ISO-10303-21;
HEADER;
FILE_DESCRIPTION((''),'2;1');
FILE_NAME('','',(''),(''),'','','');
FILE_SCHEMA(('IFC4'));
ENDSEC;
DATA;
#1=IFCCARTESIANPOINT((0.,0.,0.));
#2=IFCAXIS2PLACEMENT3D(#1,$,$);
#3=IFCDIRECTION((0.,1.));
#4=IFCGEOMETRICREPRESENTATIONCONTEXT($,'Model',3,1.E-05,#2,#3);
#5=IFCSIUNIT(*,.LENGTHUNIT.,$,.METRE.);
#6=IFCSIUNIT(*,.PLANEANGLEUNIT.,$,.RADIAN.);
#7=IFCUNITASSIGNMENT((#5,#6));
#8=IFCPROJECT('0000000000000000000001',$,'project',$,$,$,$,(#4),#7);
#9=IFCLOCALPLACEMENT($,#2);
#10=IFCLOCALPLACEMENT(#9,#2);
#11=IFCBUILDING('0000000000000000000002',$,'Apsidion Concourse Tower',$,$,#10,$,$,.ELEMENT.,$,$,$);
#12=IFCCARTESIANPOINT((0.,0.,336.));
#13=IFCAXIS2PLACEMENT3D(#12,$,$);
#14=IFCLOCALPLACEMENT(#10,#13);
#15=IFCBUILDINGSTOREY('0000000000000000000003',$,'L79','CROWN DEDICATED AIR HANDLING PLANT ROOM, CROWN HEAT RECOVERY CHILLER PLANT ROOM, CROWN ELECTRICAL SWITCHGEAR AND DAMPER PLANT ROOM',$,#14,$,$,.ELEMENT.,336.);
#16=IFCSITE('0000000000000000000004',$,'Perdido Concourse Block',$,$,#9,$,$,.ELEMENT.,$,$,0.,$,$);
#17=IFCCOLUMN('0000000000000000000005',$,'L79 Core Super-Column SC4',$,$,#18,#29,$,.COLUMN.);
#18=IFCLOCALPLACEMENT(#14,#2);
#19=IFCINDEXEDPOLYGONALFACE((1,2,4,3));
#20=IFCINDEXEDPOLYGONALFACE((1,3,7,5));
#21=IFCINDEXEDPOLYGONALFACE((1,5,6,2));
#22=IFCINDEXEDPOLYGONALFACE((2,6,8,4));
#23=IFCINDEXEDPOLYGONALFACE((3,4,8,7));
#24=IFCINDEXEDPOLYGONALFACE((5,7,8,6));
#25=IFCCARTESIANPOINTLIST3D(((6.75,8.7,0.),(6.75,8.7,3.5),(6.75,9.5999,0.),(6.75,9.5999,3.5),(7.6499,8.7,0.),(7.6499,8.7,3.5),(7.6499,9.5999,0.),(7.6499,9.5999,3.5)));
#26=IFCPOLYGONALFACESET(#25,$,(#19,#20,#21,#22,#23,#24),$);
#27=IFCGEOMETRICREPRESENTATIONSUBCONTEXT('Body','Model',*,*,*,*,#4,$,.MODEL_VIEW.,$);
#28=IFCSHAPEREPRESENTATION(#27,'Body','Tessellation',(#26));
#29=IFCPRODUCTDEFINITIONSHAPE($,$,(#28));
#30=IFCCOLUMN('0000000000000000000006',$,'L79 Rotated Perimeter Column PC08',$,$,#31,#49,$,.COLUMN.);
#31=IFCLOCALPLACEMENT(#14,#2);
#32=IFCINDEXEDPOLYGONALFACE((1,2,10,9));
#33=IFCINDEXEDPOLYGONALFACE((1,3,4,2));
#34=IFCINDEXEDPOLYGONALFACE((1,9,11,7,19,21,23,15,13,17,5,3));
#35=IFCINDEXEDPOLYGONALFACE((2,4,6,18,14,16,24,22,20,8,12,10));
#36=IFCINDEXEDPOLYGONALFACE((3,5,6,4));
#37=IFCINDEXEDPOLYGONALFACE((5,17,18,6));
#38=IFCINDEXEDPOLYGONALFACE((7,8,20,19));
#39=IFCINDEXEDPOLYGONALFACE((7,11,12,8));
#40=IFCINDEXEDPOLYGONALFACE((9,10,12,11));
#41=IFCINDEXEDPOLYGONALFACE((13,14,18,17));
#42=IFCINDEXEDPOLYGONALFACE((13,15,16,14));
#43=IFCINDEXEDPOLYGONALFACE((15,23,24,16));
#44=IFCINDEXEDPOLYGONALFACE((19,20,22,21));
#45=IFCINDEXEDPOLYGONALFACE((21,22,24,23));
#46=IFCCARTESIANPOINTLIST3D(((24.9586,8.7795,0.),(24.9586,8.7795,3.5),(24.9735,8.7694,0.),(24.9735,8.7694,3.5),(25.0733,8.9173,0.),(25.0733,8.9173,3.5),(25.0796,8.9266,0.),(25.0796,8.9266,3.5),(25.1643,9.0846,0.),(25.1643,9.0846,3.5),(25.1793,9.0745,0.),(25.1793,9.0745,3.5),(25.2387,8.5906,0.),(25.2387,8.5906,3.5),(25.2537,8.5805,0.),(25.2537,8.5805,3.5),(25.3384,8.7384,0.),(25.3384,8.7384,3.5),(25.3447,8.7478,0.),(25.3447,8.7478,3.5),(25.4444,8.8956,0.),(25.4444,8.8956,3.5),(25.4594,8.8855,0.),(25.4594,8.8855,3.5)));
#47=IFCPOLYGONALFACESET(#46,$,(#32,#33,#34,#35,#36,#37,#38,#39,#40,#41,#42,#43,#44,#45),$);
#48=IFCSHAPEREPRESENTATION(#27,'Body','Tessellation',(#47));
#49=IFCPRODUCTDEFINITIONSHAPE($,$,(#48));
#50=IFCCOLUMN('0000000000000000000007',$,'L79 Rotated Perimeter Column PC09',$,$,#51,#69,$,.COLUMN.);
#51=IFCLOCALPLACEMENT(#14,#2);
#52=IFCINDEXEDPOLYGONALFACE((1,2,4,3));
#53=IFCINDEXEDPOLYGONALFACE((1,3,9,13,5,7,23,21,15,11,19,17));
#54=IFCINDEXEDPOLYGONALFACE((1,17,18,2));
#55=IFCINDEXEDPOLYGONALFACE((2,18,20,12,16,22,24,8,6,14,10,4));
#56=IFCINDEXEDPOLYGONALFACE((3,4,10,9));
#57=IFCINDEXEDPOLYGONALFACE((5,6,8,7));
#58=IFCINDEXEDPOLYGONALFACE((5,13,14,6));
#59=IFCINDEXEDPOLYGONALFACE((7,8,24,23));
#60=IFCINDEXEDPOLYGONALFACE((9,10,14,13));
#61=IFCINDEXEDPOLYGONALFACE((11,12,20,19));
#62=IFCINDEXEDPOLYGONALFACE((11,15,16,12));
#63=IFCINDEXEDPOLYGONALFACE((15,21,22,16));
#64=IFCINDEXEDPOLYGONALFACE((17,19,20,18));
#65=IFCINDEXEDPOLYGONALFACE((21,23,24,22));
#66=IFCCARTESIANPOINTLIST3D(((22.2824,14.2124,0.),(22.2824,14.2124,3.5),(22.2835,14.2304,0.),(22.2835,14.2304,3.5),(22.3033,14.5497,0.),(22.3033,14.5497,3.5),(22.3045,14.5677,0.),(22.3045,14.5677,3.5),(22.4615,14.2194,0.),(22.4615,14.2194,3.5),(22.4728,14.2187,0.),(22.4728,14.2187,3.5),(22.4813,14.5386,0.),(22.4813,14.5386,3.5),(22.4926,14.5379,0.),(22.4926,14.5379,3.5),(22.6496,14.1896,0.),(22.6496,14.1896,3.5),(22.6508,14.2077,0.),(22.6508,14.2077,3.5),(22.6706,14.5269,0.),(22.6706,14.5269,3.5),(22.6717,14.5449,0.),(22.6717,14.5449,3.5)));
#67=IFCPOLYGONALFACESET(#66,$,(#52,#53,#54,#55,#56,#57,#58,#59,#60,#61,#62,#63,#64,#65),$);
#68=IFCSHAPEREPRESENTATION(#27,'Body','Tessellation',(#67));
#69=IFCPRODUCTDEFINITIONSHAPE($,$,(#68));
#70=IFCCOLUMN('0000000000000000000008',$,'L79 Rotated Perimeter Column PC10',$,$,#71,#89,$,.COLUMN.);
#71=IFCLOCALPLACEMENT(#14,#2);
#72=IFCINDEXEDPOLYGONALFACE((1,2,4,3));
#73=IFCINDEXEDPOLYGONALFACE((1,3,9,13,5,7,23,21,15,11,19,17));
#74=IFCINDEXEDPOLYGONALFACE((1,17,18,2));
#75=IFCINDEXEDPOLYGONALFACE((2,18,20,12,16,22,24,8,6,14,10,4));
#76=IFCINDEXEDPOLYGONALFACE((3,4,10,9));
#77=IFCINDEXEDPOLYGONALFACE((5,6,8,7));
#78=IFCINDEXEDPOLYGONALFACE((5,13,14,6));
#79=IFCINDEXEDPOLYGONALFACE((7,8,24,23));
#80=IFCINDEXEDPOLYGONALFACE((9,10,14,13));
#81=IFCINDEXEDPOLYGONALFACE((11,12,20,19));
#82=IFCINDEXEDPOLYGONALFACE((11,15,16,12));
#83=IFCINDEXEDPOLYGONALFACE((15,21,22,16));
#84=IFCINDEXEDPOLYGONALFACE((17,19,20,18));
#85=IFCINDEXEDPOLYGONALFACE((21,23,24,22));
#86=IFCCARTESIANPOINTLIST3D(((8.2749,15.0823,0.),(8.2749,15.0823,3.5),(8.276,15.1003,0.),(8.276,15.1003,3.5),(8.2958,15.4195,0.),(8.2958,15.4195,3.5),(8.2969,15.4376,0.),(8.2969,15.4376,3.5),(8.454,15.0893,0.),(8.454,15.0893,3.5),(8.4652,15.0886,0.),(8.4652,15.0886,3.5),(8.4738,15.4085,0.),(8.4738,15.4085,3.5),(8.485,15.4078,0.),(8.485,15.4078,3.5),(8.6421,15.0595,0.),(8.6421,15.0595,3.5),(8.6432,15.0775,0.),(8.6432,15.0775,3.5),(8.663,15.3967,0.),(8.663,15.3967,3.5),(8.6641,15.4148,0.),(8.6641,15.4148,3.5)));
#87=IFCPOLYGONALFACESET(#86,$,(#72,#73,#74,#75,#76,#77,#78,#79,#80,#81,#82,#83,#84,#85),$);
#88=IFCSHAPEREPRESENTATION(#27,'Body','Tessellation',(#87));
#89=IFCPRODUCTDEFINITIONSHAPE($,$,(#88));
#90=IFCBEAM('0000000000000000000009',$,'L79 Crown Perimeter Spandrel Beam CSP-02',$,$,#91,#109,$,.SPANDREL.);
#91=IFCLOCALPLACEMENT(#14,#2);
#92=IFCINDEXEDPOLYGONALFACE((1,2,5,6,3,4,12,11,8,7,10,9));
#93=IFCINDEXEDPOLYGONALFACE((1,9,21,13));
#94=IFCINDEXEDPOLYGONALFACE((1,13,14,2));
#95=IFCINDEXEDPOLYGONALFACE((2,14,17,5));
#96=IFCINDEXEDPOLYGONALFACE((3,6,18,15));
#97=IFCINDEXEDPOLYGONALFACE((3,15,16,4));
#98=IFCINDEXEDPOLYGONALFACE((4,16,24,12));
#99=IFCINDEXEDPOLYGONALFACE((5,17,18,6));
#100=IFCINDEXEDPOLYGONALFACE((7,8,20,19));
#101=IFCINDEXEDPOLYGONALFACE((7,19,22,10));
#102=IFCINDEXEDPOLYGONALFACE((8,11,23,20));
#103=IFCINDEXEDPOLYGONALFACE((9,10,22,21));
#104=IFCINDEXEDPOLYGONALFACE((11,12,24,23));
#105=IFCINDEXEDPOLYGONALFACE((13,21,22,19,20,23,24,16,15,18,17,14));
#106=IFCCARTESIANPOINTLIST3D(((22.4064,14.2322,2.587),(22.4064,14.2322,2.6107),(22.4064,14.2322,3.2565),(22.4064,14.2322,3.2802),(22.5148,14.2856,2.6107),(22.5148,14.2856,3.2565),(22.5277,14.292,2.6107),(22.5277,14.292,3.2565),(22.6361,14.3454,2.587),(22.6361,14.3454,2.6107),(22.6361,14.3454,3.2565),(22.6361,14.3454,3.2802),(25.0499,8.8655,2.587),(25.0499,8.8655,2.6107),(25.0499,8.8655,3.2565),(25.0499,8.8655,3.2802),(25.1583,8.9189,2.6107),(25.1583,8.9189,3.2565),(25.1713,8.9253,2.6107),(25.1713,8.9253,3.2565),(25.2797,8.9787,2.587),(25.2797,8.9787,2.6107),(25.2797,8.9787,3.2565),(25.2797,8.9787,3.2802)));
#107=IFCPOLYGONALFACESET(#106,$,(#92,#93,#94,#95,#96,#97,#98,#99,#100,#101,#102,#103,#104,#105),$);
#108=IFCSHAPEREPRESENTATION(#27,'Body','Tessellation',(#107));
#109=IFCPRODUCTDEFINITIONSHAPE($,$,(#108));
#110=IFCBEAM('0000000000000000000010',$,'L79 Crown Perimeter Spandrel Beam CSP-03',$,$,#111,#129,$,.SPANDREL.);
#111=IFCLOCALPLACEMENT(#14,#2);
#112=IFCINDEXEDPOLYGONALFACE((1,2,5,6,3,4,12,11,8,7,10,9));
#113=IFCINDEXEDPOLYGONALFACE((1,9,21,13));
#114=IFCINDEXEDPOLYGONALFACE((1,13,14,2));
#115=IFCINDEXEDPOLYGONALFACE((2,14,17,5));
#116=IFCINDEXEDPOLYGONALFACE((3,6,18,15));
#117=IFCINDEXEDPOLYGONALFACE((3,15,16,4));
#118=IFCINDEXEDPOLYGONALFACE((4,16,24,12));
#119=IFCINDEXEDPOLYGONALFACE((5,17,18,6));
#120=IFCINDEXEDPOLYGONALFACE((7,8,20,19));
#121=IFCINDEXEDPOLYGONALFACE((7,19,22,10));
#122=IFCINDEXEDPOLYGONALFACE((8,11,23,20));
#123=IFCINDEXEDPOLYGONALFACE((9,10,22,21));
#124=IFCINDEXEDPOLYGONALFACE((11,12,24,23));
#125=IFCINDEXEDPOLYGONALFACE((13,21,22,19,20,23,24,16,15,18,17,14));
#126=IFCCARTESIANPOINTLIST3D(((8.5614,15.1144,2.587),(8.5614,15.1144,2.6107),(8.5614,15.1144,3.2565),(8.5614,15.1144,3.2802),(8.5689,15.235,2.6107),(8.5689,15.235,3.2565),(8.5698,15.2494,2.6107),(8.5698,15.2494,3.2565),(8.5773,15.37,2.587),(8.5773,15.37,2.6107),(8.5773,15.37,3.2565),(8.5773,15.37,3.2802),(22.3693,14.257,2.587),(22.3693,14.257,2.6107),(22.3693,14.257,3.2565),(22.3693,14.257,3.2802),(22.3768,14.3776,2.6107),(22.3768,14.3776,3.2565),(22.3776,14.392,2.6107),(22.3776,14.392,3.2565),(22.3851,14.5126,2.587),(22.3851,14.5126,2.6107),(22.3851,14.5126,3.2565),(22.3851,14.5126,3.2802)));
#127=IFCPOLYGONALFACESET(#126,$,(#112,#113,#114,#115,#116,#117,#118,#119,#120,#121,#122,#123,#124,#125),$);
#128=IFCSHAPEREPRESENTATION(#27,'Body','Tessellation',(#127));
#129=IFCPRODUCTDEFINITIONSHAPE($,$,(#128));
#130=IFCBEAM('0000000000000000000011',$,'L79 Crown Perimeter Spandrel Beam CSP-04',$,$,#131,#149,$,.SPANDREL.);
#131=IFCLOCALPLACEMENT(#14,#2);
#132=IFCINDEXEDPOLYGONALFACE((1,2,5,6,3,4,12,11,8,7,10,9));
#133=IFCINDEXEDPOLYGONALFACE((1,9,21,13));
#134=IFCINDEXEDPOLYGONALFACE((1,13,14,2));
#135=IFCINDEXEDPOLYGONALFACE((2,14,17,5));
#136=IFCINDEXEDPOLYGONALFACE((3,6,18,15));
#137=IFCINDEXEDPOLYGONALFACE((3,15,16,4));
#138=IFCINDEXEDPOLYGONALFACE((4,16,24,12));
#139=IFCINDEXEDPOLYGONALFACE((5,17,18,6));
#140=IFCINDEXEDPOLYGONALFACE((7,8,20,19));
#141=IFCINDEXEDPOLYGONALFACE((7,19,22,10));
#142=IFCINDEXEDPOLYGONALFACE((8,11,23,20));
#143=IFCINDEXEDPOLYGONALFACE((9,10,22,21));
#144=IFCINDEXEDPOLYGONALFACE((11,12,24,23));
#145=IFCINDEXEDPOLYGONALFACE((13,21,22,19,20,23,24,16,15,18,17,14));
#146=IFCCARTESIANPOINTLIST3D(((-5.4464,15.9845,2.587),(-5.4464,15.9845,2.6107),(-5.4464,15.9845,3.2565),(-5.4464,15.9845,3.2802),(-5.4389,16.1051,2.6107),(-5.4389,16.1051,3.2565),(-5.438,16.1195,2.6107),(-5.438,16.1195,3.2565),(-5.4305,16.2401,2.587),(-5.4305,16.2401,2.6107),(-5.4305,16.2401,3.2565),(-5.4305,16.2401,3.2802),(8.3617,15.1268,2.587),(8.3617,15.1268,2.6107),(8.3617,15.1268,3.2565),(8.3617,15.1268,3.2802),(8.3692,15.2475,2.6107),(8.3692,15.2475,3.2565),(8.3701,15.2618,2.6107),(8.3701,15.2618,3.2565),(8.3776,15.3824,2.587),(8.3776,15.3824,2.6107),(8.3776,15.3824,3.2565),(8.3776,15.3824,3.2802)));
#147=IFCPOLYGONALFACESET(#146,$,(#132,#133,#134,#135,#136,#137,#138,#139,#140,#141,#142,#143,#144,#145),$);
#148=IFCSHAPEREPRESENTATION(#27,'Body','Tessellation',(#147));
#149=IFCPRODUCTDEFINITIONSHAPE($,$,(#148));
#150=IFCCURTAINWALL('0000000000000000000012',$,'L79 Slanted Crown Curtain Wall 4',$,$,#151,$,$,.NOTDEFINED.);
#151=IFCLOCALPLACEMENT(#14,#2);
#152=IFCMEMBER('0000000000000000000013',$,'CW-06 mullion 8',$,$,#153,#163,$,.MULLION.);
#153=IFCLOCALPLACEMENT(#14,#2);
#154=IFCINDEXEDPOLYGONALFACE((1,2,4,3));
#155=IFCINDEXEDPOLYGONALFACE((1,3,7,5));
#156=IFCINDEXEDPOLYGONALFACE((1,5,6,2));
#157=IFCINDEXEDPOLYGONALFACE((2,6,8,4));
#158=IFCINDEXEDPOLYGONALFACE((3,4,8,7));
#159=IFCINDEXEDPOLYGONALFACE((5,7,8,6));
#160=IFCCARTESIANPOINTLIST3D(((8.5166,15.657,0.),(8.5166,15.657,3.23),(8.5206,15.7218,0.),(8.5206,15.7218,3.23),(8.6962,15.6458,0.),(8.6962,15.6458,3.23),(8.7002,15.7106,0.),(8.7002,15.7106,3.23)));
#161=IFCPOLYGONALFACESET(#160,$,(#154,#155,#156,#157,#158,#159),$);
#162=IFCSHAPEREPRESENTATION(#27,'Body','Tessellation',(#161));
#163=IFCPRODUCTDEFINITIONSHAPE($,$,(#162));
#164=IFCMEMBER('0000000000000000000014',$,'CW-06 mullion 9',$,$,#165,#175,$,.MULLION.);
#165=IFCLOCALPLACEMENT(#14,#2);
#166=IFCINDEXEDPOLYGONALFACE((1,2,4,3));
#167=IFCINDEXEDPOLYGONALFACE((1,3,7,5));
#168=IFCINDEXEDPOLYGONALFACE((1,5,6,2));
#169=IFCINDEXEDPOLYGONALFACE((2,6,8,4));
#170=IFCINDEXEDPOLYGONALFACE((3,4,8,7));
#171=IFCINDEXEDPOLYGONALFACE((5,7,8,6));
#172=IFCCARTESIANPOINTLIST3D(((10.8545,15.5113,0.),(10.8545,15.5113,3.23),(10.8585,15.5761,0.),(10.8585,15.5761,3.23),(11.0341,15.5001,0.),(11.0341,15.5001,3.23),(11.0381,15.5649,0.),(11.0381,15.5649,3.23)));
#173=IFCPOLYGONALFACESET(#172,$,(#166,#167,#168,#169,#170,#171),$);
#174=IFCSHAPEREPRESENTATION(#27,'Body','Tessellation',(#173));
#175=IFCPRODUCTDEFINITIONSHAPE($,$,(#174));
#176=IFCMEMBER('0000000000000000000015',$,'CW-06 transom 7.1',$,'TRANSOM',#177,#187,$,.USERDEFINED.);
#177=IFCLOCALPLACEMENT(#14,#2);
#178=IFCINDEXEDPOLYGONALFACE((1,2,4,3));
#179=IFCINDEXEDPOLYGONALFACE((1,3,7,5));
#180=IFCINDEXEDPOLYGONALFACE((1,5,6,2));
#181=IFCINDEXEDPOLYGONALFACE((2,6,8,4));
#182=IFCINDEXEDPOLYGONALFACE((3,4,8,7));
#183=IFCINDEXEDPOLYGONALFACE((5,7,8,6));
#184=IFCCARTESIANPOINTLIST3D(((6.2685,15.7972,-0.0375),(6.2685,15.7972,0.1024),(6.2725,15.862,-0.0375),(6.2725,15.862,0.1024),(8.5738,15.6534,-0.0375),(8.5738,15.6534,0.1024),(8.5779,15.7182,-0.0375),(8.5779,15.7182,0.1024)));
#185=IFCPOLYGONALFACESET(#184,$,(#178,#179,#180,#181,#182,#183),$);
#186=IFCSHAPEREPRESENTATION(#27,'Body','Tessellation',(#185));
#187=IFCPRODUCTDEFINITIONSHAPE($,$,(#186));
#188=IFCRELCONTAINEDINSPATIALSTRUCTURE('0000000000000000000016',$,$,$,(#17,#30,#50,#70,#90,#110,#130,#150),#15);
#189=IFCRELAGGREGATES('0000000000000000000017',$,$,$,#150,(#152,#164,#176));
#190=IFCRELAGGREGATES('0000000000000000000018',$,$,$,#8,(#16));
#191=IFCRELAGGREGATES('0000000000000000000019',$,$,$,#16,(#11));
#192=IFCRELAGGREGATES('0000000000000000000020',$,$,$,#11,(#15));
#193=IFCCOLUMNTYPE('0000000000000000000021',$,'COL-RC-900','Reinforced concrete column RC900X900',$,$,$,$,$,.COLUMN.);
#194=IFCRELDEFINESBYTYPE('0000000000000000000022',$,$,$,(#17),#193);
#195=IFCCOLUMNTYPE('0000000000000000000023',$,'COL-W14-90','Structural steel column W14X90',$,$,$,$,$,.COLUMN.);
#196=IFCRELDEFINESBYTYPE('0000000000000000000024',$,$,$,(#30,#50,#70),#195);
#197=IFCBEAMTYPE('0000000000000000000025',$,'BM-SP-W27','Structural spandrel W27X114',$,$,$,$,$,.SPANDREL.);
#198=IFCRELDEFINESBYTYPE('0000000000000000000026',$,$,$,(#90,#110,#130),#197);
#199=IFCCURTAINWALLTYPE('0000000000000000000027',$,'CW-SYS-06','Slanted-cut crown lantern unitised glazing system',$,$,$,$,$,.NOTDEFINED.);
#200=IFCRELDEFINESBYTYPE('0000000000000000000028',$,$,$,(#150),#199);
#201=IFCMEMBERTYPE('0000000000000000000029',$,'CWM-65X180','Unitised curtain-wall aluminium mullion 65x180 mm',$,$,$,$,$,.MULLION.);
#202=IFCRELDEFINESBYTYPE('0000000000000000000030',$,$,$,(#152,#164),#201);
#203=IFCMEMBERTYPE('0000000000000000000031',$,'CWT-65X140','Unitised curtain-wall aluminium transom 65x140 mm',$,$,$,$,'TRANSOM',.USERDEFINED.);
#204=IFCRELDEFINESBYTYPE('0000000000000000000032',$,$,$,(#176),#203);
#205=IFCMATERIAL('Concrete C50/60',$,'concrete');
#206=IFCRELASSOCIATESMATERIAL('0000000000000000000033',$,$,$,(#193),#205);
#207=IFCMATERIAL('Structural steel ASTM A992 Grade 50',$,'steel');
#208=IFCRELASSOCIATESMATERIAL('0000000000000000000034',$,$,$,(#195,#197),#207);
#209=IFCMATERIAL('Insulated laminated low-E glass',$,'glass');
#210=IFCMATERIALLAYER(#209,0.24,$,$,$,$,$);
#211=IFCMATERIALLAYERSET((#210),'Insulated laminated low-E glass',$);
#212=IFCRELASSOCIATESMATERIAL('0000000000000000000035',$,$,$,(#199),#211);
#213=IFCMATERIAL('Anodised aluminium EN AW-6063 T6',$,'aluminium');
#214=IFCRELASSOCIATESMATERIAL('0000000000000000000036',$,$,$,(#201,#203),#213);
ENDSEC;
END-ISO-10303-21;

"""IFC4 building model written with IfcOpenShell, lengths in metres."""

from ifc_helpers import new_model, si_unit, direction, frame, origin, origin_2d, place, context, subcontext, project, spatial, rectangle, i_section, extrude, material, layer, layer_set, material_profile, profile_set, type_object, element, aggregate, save


model = new_model("IFC4")

# Units and contexts
model_context = context("Model", 3, precision=1e-05, world=origin(), true_north=direction((0.0, 1.0)))
body_context = subcontext(model_context, "Body", "Model", "MODEL_VIEW")
ifc_project = project(units=[si_unit("LENGTHUNIT", "METRE"), si_unit("PLANEANGLEUNIT", "RADIAN")], contexts=[model_context])

# Site, building, storey
site_placement = place(None, origin())
site = spatial("IfcSite", under=ifc_project, at=site_placement, Name="Perdido Concourse Block", CompositionType="ELEMENT", RefElevation=0.0)
building_placement = place(site_placement, origin())
building = spatial("IfcBuilding", under=site, at=building_placement, Name="Apsidion Concourse Tower", CompositionType="ELEMENT")
storey_placement = place(building_placement, frame((0.0, 0.0, 336.0)))
storey = spatial("IfcBuildingStorey", under=building, at=storey_placement, Name="L79", Description="CROWN DEDICATED AIR HANDLING PLANT ROOM, CROWN HEAT RECOVERY CHILLER PLANT ROOM, CROWN ELECTRICAL SWITCHGEAR AND DAMPER PLANT ROOM", CompositionType="ELEMENT", Elevation=336.0)

# Columns
ifc_material_1 = material(Name="Concrete C50/60", Category="concrete")
ifc_material_profile_1 = material_profile(ifc_material_1, rectangle(XDim=0.8999, YDim=0.8999, at=origin_2d()), Name="RC 900x900")
ifc_profile_set_1 = profile_set([ifc_material_profile_1], Name="Concrete C50/60")
column_type_1 = type_object("IfcColumnType", Name="COL-RC-900", Description="Reinforced concrete column RC900X900", PredefinedType="COLUMN", material=ifc_profile_set_1)
column_placement = place(storey_placement, frame((7.2, 9.1499, 0.0), z_axis=(0.0, 0.0, 1.0), x_axis=(1.0, 0.0, 0.0)))
element("IfcColumn", 1, at=column_placement, inside=storey, type_object=column_type_1, Name="L79 Core Super-Column SC4", PredefinedType="COLUMN", context=body_context, shape_type="SweptSolid", body=[
    extrude(rectangle(XDim=0.8999, YDim=0.8999, at=origin_2d()), origin(), (0.0, 0.0, 1.0), 3.5),
])
ifc_material_2 = material(Name="Structural steel ASTM A992 Grade 50", Category="steel")
ifc_material_profile_2 = material_profile(ifc_material_2, i_section(OverallWidth=0.3679, OverallDepth=0.356, WebThickness=0.0112, FlangeThickness=0.0181, at=origin_2d()), Name="W14X90")
ifc_profile_set_2 = profile_set([ifc_material_profile_2], Name="Structural steel ASTM A992 Grade 50")
column_type_2 = type_object("IfcColumnType", Name="COL-W14-90", Description="Structural steel column W14X90", PredefinedType="COLUMN", material=ifc_profile_set_2)
for number, where, z_axis, x_axis, name in (
    (2, (25.209, 8.8325, 0.0), (0.0, 0.0, 1.0), (0.559193, 0.829038, 0.0), "L79 Rotated Perimeter Column PC08"),
    (3, (22.4771, 14.3787, 0.0), (0.0, 0.0, 1.0), (-0.998081, 0.06192, 0.0), "L79 Rotated Perimeter Column PC09"),
    (4, (8.4695, 15.2485, 0.0), (0.0, 0.0, 1.0), (-0.998081, 0.06192, 0.0), "L79 Rotated Perimeter Column PC10"),
):
    element("IfcColumn", number, at=place(storey_placement, frame(where, z_axis=z_axis, x_axis=x_axis)), inside=storey, type_object=column_type_2, Name=name, PredefinedType="COLUMN", context=body_context, shape_type="SweptSolid", body=[
        extrude(i_section(OverallWidth=0.3679, OverallDepth=0.356, WebThickness=0.0112, FlangeThickness=0.0181, at=origin_2d()), origin(), (0.0, 0.0, 1.0), 3.5),
    ])

# Beams
ifc_material_profile_3 = material_profile(ifc_material_2, i_section(OverallWidth=0.2561, OverallDepth=0.6931, WebThickness=0.0144, FlangeThickness=0.0237, at=origin_2d()), Name="W27X114")
ifc_profile_set_3 = profile_set([ifc_material_profile_3], Name="Structural steel ASTM A992 Grade 50")
beam_type = type_object("IfcBeamType", Name="BM-SP-W27", Description="Structural spandrel W27X114", PredefinedType="SPANDREL", material=ifc_profile_set_3)
beam_1_placement = place(storey_placement, frame((25.1648, 8.9221, 2.9336), z_axis=(-0.441884, 0.897072, 0.0), x_axis=(-0.897072, -0.441884, 0.0)))
element("IfcBeam", 5, at=beam_1_placement, inside=storey, type_object=beam_type, Name="L79 Crown Perimeter Spandrel Beam CSP-02", PredefinedType="SPANDREL", context=body_context, shape_type="SweptSolid", body=[
    extrude(i_section(OverallWidth=0.2561, OverallDepth=0.6931, WebThickness=0.0144, FlangeThickness=0.0237, at=origin_2d()), origin(), (0.0, 0.0, 1.0), 5.9824),
])
beam_2_placement = place(storey_placement, frame((22.3772, 14.3848, 2.9336), z_axis=(-0.998078, 0.061977, 0.0), x_axis=(-0.061977, -0.998078, 0.0)))
element("IfcBeam", 6, at=beam_2_placement, inside=storey, type_object=beam_type, Name="L79 Crown Perimeter Spandrel Beam CSP-03", PredefinedType="SPANDREL", context=body_context, shape_type="SweptSolid", body=[
    extrude(i_section(OverallWidth=0.2561, OverallDepth=0.6931, WebThickness=0.0144, FlangeThickness=0.0237, at=origin_2d()), origin(), (0.0, 0.0, 1.0), 13.8345),
])
beam_3_placement = place(storey_placement, frame((8.3696, 15.2546, 2.9336), z_axis=(-0.998077, 0.061994, 0.0), x_axis=(-0.061994, -0.998077, 0.0)))
element("IfcBeam", 7, at=beam_3_placement, inside=storey, type_object=beam_type, Name="L79 Crown Perimeter Spandrel Beam CSP-04", PredefinedType="SPANDREL", context=body_context, shape_type="SweptSolid", body=[
    extrude(i_section(OverallWidth=0.2561, OverallDepth=0.6931, WebThickness=0.0144, FlangeThickness=0.0237, at=origin_2d()), origin(), (0.0, 0.0, 1.0), 13.8347),
])

# Curtain wall, members
ifc_material_3 = material(Name="Insulated laminated low-E glass", Category="glass")
ifc_layer_1 = layer(ifc_material_3, 0.24)
ifc_layer_set_1 = layer_set([ifc_layer_1], Name="Insulated laminated low-E glass")
curtain_wall_type = type_object("IfcCurtainWallType", Name="CW-SYS-06", Description="Slanted-cut crown lantern unitised glazing system", PredefinedType="NOTDEFINED", material=ifc_layer_set_1)
curtain_wall_placement = place(storey_placement, origin())
curtain_wall = element("IfcCurtainWall", 8, at=curtain_wall_placement, inside=storey, type_object=curtain_wall_type, Name="L79 Slanted Crown Curtain Wall 4", PredefinedType="NOTDEFINED")
ifc_material_4 = material(Name="Anodised aluminium EN AW-6063 T6", Category="aluminium")
ifc_material_profile_4 = material_profile(ifc_material_4, rectangle(XDim=0.0649, YDim=0.1799, at=origin_2d()), Name="ALU MULLION 65x180")
ifc_profile_set_4 = profile_set([ifc_material_profile_4], Name="Anodised aluminium EN AW-6063 T6")
member_type_1 = type_object("IfcMemberType", Name="CWM-65X180", Description="Unitised curtain-wall aluminium mullion 65x180 mm", PredefinedType="MULLION", material=ifc_profile_set_4)
member_1_placement = place(storey_placement, frame((8.6084, 15.6838, 0.0), z_axis=(0.0, 0.0, 1.0), x_axis=(0.062245, 0.998061, 0.0)))
member_1 = element("IfcMember", 9, at=member_1_placement, type_object=member_type_1, Name="CW-06 mullion 8", PredefinedType="MULLION", context=body_context, shape_type="SweptSolid", body=[
    extrude(rectangle(XDim=0.0649, YDim=0.1799, at=origin_2d()), origin(), (0.0, 0.0, 1.0), 3.23),
])
member_2_placement = place(storey_placement, frame((10.9463, 15.5381, 0.0), z_axis=(0.0, 0.0, 1.0), x_axis=(0.062245, 0.998061, 0.0)))
member_2 = element("IfcMember", 10, at=member_2_placement, type_object=member_type_1, Name="CW-06 mullion 9", PredefinedType="MULLION", context=body_context, shape_type="SweptSolid", body=[
    extrude(rectangle(XDim=0.0649, YDim=0.1799, at=origin_2d()), origin(), (0.0, 0.0, 1.0), 3.23),
])
ifc_material_profile_5 = material_profile(ifc_material_4, rectangle(XDim=0.0649, YDim=0.1399, at=origin_2d()), Name="ALU TRANSOM 65x140")
ifc_profile_set_5 = profile_set([ifc_material_profile_5], Name="Anodised aluminium EN AW-6063 T6")
member_type_2 = type_object("IfcMemberType", Name="CWT-65X140", Description="Unitised curtain-wall aluminium transom 65x140 mm", ElementType="TRANSOM", PredefinedType="USERDEFINED", material=ifc_profile_set_5)
member_3_placement = place(storey_placement, frame((6.2705, 15.8296, 0.0325), z_axis=(0.99806, -0.062253, 0.0), x_axis=(0.062253, 0.99806, 0.0)))
member_3 = element("IfcMember", 11, at=member_3_placement, type_object=member_type_2, Name="CW-06 transom 7.1", ObjectType="TRANSOM", PredefinedType="USERDEFINED", context=body_context, shape_type="SweptSolid", body=[
    extrude(rectangle(XDim=0.0649, YDim=0.1399, at=origin_2d()), origin(), (0.0, 0.0, 1.0), 2.3098),
])
aggregate(curtain_wall, [member_1, member_2, member_3])

save(model, "model.ifc")
